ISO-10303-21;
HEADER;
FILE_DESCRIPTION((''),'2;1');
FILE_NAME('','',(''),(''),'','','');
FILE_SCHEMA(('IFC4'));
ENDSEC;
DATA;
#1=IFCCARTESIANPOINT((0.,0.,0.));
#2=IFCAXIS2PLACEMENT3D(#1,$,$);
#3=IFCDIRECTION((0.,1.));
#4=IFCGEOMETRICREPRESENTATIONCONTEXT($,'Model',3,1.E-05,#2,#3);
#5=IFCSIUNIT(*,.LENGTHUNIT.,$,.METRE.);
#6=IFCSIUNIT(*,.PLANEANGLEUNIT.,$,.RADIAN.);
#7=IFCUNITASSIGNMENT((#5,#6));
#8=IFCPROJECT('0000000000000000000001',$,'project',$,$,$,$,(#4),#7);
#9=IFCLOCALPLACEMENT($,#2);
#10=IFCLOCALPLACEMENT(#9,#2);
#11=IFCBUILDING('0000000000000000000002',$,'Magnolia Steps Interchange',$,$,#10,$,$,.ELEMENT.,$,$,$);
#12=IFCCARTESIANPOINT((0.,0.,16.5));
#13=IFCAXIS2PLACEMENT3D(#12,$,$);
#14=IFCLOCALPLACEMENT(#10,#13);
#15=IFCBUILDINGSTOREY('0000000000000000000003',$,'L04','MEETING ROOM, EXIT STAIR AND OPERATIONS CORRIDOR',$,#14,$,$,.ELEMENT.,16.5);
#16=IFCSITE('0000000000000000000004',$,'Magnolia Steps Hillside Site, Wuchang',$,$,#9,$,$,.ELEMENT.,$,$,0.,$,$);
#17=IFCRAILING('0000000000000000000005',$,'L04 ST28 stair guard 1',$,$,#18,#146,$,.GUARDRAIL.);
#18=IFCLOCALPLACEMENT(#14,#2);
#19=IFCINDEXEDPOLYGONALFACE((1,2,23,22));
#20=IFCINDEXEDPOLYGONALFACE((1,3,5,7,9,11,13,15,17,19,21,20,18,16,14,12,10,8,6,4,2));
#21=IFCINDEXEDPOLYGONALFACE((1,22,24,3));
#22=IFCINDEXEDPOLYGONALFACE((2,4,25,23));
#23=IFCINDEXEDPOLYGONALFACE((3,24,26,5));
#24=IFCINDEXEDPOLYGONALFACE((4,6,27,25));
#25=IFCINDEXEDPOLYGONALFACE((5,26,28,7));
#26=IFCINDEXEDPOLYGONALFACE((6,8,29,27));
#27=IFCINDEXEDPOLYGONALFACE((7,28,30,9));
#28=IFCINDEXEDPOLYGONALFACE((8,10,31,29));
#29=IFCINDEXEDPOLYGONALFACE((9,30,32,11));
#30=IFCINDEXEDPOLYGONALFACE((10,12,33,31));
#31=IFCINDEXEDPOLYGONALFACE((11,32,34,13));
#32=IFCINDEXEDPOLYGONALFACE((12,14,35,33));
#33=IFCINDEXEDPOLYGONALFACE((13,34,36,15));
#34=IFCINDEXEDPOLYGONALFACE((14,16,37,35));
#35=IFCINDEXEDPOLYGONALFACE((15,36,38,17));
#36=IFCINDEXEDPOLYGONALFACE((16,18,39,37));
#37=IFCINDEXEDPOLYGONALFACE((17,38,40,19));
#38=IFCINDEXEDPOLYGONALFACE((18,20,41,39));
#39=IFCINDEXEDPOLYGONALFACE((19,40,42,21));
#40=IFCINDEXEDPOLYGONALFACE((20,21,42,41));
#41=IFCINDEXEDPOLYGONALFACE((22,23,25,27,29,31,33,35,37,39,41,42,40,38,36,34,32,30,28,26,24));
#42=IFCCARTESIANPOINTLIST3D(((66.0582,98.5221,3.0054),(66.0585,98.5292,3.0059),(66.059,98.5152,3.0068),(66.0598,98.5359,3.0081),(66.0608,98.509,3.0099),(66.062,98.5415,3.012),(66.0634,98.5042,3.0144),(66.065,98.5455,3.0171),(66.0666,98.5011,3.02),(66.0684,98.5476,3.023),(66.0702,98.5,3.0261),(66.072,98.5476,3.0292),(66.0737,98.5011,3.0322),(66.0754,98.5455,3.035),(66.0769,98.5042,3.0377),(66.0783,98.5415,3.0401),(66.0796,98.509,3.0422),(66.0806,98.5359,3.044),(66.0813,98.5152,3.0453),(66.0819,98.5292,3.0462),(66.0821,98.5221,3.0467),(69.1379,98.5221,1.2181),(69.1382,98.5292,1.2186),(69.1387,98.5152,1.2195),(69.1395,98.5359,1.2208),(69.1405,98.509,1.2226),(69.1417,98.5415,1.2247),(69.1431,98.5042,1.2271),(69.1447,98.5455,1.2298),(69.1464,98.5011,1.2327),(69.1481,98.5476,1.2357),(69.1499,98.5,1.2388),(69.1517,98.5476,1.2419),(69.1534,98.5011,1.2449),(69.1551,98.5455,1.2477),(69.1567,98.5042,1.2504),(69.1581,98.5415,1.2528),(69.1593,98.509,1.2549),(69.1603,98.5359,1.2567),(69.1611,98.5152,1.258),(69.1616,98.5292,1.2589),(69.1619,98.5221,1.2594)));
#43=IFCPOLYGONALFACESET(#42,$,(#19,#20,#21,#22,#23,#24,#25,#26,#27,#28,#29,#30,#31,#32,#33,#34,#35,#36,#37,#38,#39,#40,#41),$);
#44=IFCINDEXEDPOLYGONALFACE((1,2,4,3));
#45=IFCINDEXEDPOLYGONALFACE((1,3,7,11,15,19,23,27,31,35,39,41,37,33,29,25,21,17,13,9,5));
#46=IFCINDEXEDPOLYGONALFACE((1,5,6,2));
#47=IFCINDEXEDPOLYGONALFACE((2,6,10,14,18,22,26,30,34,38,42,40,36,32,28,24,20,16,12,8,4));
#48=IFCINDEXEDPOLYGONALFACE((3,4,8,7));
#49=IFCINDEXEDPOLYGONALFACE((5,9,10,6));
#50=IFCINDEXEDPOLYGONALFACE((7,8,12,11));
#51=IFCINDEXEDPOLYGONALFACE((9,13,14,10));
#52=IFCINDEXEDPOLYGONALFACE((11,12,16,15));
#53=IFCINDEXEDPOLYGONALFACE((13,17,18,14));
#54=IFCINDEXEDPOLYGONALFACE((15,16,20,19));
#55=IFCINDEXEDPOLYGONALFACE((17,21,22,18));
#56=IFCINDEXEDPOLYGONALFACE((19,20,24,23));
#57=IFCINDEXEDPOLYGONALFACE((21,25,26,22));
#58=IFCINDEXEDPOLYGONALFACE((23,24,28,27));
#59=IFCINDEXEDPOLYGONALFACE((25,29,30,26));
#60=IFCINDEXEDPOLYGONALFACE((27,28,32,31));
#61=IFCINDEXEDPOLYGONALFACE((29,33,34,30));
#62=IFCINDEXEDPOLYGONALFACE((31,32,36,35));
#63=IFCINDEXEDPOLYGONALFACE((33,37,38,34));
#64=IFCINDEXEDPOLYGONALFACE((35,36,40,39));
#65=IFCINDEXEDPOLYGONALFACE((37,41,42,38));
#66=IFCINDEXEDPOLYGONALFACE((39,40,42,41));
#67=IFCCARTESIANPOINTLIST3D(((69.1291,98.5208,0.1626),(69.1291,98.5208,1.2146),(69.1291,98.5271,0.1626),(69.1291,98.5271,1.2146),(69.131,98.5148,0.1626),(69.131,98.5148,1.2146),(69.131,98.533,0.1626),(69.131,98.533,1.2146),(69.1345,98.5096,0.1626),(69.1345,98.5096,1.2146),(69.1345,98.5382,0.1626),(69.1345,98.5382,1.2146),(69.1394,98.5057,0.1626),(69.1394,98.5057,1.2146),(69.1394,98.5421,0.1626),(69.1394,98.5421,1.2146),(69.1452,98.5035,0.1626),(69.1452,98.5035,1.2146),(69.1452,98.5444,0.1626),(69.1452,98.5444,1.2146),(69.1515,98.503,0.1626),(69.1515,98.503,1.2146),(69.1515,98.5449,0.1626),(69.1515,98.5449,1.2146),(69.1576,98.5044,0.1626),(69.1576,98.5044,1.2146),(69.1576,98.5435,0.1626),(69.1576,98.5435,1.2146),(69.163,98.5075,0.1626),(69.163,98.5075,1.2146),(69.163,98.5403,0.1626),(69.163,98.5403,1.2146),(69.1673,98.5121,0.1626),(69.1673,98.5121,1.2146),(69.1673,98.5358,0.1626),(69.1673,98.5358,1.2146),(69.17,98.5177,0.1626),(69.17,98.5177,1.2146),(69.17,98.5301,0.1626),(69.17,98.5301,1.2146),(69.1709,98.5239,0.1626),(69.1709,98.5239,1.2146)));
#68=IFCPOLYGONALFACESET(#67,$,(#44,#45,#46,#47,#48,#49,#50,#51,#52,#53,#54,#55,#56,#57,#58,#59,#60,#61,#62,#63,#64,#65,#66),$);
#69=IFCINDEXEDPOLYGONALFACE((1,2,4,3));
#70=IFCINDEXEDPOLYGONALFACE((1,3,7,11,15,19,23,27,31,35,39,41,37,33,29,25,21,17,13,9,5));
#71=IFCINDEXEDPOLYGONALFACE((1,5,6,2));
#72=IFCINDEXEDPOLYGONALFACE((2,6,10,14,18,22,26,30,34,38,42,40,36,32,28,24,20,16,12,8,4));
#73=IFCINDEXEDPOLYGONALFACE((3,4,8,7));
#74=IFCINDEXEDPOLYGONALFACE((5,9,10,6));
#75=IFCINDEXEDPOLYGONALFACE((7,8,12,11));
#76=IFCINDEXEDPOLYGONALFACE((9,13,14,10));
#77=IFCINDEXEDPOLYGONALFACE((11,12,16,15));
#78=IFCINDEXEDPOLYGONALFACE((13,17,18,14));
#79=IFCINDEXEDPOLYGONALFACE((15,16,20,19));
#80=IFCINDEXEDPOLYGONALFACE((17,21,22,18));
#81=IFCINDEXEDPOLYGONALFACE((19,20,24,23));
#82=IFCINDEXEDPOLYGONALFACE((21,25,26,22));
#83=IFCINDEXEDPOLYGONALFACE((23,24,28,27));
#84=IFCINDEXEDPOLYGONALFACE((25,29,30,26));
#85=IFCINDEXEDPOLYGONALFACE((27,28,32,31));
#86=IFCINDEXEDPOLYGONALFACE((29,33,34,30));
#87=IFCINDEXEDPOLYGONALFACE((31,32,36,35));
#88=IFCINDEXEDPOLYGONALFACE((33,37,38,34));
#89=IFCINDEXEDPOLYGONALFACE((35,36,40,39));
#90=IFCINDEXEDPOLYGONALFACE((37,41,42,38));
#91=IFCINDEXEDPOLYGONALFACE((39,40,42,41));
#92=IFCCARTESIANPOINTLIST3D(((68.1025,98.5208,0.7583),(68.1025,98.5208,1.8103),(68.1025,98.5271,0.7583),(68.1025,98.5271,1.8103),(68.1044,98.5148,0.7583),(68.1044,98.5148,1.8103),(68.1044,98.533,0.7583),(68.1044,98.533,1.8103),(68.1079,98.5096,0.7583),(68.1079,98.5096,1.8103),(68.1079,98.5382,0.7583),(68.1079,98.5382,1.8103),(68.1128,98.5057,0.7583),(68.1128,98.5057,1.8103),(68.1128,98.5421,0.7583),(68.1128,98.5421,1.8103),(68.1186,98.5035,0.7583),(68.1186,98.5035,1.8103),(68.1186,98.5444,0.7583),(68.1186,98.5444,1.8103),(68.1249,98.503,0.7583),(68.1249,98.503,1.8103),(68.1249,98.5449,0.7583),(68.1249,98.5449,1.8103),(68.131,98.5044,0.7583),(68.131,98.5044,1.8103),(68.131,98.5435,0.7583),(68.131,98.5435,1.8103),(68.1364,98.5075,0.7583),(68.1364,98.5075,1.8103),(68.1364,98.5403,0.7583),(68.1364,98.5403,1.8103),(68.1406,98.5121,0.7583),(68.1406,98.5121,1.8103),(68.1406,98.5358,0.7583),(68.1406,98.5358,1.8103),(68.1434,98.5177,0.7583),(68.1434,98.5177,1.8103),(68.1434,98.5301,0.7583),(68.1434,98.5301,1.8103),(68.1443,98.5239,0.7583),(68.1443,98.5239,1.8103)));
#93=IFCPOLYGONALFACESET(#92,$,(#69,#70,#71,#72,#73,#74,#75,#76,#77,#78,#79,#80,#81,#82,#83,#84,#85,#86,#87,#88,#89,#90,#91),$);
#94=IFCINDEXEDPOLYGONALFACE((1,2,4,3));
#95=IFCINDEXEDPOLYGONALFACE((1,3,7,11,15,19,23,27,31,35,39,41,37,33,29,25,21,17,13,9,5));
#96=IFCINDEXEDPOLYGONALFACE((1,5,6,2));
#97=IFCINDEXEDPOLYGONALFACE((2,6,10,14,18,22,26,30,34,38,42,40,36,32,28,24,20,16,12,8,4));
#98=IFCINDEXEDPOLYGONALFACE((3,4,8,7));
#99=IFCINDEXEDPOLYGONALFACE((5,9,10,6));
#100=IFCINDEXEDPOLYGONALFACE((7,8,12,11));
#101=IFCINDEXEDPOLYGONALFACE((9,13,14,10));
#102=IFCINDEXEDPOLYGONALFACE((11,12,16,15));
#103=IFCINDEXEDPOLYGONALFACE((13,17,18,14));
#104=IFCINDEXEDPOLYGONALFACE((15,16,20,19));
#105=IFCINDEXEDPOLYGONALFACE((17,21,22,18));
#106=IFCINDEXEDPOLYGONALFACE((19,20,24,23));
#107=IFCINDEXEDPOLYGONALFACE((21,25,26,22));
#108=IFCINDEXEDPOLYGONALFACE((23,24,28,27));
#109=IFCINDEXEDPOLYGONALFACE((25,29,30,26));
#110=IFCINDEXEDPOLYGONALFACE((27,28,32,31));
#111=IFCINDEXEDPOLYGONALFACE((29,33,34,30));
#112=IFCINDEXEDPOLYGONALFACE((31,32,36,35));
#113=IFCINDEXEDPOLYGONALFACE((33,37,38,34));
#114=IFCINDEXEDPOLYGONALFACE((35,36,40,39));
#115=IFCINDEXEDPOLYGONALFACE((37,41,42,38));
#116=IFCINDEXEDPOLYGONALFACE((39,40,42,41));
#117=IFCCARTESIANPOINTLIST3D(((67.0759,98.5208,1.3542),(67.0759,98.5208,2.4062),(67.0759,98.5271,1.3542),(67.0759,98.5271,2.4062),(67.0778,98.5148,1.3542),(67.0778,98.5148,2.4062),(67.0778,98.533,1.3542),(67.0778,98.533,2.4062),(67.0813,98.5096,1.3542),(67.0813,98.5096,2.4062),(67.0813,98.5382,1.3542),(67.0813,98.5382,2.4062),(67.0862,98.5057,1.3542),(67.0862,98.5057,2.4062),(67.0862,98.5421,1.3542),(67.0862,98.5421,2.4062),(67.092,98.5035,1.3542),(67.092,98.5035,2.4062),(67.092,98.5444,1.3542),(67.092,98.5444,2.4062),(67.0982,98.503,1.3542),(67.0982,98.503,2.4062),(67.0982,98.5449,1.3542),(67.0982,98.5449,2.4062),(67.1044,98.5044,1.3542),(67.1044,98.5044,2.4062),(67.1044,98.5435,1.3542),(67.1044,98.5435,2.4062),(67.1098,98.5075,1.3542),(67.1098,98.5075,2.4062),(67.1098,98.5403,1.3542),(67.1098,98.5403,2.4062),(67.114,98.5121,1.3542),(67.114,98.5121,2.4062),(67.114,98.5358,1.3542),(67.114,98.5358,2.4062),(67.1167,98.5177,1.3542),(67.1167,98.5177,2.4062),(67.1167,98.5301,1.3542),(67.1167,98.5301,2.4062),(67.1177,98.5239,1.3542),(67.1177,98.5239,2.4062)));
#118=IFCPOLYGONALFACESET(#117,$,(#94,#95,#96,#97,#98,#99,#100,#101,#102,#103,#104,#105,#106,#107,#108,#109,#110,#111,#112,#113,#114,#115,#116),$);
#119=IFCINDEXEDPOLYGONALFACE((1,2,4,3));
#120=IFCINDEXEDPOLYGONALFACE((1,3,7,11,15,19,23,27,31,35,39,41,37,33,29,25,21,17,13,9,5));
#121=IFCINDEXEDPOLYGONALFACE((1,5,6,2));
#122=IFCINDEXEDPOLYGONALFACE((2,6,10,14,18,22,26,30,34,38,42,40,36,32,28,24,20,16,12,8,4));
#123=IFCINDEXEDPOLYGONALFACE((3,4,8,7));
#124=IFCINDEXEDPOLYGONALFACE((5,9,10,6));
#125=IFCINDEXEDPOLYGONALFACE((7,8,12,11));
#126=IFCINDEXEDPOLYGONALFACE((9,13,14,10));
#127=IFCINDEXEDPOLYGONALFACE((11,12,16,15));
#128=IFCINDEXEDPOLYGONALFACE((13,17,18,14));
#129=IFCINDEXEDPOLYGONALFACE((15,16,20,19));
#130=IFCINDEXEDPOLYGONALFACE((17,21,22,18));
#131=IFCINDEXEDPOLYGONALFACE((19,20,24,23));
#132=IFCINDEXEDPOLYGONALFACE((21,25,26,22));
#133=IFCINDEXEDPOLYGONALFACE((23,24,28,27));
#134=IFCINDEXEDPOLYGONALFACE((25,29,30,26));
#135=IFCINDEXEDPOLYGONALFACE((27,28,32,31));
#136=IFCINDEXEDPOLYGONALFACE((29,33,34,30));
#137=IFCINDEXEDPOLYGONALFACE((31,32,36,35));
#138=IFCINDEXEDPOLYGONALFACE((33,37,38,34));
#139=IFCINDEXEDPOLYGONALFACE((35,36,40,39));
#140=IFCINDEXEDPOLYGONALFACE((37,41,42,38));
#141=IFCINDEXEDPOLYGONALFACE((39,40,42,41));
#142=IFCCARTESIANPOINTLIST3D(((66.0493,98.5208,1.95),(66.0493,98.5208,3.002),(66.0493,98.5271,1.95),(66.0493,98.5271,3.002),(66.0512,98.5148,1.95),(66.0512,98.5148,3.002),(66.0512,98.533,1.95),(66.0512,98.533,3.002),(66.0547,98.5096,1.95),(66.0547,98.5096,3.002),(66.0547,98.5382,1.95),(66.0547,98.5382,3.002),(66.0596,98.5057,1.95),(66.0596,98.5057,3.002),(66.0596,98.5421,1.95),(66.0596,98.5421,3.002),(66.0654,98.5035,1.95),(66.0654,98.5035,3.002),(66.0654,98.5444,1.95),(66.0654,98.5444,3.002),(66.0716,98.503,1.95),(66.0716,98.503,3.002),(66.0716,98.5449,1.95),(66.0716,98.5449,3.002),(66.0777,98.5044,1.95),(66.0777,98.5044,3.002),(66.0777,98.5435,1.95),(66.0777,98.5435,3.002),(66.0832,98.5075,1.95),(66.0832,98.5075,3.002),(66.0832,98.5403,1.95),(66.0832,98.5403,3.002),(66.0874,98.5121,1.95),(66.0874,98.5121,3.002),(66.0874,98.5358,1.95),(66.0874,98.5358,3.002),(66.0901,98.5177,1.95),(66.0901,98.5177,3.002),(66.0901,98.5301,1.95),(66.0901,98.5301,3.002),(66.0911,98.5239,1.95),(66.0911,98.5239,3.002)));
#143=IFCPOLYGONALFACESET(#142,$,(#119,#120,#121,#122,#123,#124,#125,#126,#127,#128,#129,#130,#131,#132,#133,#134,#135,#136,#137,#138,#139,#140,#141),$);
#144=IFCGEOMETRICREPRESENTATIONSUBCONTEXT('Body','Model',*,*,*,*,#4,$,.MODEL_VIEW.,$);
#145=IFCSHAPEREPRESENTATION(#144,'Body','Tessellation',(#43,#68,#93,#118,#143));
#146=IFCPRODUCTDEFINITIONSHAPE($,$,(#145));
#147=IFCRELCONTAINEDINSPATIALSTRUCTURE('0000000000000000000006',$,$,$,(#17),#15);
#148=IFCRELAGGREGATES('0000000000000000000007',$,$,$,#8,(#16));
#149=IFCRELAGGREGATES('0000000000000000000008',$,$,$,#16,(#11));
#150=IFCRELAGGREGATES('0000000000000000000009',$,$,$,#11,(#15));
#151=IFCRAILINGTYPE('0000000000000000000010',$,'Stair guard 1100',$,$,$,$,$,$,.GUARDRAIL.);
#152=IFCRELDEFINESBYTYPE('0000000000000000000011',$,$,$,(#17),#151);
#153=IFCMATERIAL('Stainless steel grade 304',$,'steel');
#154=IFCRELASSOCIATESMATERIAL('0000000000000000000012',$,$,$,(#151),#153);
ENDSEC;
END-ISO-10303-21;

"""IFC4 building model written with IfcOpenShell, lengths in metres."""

from ifc_helpers import new_model, si_unit, direction, frame, origin, origin_2d, place, context, subcontext, project, spatial, circle, extrude, material, type_object, element, save


model = new_model("IFC4")

# Units and contexts
model_context = context("Model", 3, precision=1e-05, world=origin(), true_north=direction((0.0, 1.0)))
body_context = subcontext(model_context, "Body", "Model", "MODEL_VIEW")
ifc_project = project(units=[si_unit("LENGTHUNIT", "METRE"), si_unit("PLANEANGLEUNIT", "RADIAN")], contexts=[model_context])

# Site, building, storey
site_placement = place(None, origin())
site = spatial("IfcSite", under=ifc_project, at=site_placement, Name="Magnolia Steps Hillside Site, Wuchang", CompositionType="ELEMENT", RefElevation=0.0)
building_placement = place(site_placement, origin())
building = spatial("IfcBuilding", under=site, at=building_placement, Name="Magnolia Steps Interchange", CompositionType="ELEMENT")
storey_placement = place(building_placement, frame((0.0, 0.0, 16.5)))
storey = spatial("IfcBuildingStorey", under=building, at=storey_placement, Name="L04", Description="MEETING ROOM, EXIT STAIR AND OPERATIONS CORRIDOR", CompositionType="ELEMENT", Elevation=16.5)

# Railing
ifc_material_1 = material(Name="Stainless steel grade 304", Category="steel")
railing_type_1 = type_object("IfcRailingType", Name="Stair guard 1100", PredefinedType="GUARDRAIL", material=ifc_material_1)
railing_1_placement = place(storey_placement, frame((69.1499, 98.5239, 0.1626)))
element("IfcRailing", 1, at=railing_1_placement, inside=storey, type_object=railing_type_1, Name="L04 ST28 stair guard 1", PredefinedType="GUARDRAIL", context=body_context, shape_type="SweptSolid", body=[
    extrude(circle(Radius=0.0239, at=origin_2d()), frame((0.0, 0.0, 1.0762), z_axis=(-0.864903, 0.0, 0.501939), x_axis=(0.0, -1.0, 0.0)), (0.0, 0.0, 1.0), 3.5608),
    extrude(circle(Radius=0.021, at=origin_2d()), origin(), (0.0, 0.0, 1.0), 1.052),
    extrude(circle(Radius=0.021, at=origin_2d()), frame((-1.0266, 0.0, 0.5957)), (0.0, 0.0, 1.0), 1.052),
    extrude(circle(Radius=0.021, at=origin_2d()), frame((-2.0532, 0.0, 1.1917)), (0.0, 0.0, 1.0), 1.052),
    extrude(circle(Radius=0.021, at=origin_2d()), frame((-3.0798, 0.0, 1.7874)), (0.0, 0.0, 1.0), 1.052),
])

save(model, "model.ifc")
